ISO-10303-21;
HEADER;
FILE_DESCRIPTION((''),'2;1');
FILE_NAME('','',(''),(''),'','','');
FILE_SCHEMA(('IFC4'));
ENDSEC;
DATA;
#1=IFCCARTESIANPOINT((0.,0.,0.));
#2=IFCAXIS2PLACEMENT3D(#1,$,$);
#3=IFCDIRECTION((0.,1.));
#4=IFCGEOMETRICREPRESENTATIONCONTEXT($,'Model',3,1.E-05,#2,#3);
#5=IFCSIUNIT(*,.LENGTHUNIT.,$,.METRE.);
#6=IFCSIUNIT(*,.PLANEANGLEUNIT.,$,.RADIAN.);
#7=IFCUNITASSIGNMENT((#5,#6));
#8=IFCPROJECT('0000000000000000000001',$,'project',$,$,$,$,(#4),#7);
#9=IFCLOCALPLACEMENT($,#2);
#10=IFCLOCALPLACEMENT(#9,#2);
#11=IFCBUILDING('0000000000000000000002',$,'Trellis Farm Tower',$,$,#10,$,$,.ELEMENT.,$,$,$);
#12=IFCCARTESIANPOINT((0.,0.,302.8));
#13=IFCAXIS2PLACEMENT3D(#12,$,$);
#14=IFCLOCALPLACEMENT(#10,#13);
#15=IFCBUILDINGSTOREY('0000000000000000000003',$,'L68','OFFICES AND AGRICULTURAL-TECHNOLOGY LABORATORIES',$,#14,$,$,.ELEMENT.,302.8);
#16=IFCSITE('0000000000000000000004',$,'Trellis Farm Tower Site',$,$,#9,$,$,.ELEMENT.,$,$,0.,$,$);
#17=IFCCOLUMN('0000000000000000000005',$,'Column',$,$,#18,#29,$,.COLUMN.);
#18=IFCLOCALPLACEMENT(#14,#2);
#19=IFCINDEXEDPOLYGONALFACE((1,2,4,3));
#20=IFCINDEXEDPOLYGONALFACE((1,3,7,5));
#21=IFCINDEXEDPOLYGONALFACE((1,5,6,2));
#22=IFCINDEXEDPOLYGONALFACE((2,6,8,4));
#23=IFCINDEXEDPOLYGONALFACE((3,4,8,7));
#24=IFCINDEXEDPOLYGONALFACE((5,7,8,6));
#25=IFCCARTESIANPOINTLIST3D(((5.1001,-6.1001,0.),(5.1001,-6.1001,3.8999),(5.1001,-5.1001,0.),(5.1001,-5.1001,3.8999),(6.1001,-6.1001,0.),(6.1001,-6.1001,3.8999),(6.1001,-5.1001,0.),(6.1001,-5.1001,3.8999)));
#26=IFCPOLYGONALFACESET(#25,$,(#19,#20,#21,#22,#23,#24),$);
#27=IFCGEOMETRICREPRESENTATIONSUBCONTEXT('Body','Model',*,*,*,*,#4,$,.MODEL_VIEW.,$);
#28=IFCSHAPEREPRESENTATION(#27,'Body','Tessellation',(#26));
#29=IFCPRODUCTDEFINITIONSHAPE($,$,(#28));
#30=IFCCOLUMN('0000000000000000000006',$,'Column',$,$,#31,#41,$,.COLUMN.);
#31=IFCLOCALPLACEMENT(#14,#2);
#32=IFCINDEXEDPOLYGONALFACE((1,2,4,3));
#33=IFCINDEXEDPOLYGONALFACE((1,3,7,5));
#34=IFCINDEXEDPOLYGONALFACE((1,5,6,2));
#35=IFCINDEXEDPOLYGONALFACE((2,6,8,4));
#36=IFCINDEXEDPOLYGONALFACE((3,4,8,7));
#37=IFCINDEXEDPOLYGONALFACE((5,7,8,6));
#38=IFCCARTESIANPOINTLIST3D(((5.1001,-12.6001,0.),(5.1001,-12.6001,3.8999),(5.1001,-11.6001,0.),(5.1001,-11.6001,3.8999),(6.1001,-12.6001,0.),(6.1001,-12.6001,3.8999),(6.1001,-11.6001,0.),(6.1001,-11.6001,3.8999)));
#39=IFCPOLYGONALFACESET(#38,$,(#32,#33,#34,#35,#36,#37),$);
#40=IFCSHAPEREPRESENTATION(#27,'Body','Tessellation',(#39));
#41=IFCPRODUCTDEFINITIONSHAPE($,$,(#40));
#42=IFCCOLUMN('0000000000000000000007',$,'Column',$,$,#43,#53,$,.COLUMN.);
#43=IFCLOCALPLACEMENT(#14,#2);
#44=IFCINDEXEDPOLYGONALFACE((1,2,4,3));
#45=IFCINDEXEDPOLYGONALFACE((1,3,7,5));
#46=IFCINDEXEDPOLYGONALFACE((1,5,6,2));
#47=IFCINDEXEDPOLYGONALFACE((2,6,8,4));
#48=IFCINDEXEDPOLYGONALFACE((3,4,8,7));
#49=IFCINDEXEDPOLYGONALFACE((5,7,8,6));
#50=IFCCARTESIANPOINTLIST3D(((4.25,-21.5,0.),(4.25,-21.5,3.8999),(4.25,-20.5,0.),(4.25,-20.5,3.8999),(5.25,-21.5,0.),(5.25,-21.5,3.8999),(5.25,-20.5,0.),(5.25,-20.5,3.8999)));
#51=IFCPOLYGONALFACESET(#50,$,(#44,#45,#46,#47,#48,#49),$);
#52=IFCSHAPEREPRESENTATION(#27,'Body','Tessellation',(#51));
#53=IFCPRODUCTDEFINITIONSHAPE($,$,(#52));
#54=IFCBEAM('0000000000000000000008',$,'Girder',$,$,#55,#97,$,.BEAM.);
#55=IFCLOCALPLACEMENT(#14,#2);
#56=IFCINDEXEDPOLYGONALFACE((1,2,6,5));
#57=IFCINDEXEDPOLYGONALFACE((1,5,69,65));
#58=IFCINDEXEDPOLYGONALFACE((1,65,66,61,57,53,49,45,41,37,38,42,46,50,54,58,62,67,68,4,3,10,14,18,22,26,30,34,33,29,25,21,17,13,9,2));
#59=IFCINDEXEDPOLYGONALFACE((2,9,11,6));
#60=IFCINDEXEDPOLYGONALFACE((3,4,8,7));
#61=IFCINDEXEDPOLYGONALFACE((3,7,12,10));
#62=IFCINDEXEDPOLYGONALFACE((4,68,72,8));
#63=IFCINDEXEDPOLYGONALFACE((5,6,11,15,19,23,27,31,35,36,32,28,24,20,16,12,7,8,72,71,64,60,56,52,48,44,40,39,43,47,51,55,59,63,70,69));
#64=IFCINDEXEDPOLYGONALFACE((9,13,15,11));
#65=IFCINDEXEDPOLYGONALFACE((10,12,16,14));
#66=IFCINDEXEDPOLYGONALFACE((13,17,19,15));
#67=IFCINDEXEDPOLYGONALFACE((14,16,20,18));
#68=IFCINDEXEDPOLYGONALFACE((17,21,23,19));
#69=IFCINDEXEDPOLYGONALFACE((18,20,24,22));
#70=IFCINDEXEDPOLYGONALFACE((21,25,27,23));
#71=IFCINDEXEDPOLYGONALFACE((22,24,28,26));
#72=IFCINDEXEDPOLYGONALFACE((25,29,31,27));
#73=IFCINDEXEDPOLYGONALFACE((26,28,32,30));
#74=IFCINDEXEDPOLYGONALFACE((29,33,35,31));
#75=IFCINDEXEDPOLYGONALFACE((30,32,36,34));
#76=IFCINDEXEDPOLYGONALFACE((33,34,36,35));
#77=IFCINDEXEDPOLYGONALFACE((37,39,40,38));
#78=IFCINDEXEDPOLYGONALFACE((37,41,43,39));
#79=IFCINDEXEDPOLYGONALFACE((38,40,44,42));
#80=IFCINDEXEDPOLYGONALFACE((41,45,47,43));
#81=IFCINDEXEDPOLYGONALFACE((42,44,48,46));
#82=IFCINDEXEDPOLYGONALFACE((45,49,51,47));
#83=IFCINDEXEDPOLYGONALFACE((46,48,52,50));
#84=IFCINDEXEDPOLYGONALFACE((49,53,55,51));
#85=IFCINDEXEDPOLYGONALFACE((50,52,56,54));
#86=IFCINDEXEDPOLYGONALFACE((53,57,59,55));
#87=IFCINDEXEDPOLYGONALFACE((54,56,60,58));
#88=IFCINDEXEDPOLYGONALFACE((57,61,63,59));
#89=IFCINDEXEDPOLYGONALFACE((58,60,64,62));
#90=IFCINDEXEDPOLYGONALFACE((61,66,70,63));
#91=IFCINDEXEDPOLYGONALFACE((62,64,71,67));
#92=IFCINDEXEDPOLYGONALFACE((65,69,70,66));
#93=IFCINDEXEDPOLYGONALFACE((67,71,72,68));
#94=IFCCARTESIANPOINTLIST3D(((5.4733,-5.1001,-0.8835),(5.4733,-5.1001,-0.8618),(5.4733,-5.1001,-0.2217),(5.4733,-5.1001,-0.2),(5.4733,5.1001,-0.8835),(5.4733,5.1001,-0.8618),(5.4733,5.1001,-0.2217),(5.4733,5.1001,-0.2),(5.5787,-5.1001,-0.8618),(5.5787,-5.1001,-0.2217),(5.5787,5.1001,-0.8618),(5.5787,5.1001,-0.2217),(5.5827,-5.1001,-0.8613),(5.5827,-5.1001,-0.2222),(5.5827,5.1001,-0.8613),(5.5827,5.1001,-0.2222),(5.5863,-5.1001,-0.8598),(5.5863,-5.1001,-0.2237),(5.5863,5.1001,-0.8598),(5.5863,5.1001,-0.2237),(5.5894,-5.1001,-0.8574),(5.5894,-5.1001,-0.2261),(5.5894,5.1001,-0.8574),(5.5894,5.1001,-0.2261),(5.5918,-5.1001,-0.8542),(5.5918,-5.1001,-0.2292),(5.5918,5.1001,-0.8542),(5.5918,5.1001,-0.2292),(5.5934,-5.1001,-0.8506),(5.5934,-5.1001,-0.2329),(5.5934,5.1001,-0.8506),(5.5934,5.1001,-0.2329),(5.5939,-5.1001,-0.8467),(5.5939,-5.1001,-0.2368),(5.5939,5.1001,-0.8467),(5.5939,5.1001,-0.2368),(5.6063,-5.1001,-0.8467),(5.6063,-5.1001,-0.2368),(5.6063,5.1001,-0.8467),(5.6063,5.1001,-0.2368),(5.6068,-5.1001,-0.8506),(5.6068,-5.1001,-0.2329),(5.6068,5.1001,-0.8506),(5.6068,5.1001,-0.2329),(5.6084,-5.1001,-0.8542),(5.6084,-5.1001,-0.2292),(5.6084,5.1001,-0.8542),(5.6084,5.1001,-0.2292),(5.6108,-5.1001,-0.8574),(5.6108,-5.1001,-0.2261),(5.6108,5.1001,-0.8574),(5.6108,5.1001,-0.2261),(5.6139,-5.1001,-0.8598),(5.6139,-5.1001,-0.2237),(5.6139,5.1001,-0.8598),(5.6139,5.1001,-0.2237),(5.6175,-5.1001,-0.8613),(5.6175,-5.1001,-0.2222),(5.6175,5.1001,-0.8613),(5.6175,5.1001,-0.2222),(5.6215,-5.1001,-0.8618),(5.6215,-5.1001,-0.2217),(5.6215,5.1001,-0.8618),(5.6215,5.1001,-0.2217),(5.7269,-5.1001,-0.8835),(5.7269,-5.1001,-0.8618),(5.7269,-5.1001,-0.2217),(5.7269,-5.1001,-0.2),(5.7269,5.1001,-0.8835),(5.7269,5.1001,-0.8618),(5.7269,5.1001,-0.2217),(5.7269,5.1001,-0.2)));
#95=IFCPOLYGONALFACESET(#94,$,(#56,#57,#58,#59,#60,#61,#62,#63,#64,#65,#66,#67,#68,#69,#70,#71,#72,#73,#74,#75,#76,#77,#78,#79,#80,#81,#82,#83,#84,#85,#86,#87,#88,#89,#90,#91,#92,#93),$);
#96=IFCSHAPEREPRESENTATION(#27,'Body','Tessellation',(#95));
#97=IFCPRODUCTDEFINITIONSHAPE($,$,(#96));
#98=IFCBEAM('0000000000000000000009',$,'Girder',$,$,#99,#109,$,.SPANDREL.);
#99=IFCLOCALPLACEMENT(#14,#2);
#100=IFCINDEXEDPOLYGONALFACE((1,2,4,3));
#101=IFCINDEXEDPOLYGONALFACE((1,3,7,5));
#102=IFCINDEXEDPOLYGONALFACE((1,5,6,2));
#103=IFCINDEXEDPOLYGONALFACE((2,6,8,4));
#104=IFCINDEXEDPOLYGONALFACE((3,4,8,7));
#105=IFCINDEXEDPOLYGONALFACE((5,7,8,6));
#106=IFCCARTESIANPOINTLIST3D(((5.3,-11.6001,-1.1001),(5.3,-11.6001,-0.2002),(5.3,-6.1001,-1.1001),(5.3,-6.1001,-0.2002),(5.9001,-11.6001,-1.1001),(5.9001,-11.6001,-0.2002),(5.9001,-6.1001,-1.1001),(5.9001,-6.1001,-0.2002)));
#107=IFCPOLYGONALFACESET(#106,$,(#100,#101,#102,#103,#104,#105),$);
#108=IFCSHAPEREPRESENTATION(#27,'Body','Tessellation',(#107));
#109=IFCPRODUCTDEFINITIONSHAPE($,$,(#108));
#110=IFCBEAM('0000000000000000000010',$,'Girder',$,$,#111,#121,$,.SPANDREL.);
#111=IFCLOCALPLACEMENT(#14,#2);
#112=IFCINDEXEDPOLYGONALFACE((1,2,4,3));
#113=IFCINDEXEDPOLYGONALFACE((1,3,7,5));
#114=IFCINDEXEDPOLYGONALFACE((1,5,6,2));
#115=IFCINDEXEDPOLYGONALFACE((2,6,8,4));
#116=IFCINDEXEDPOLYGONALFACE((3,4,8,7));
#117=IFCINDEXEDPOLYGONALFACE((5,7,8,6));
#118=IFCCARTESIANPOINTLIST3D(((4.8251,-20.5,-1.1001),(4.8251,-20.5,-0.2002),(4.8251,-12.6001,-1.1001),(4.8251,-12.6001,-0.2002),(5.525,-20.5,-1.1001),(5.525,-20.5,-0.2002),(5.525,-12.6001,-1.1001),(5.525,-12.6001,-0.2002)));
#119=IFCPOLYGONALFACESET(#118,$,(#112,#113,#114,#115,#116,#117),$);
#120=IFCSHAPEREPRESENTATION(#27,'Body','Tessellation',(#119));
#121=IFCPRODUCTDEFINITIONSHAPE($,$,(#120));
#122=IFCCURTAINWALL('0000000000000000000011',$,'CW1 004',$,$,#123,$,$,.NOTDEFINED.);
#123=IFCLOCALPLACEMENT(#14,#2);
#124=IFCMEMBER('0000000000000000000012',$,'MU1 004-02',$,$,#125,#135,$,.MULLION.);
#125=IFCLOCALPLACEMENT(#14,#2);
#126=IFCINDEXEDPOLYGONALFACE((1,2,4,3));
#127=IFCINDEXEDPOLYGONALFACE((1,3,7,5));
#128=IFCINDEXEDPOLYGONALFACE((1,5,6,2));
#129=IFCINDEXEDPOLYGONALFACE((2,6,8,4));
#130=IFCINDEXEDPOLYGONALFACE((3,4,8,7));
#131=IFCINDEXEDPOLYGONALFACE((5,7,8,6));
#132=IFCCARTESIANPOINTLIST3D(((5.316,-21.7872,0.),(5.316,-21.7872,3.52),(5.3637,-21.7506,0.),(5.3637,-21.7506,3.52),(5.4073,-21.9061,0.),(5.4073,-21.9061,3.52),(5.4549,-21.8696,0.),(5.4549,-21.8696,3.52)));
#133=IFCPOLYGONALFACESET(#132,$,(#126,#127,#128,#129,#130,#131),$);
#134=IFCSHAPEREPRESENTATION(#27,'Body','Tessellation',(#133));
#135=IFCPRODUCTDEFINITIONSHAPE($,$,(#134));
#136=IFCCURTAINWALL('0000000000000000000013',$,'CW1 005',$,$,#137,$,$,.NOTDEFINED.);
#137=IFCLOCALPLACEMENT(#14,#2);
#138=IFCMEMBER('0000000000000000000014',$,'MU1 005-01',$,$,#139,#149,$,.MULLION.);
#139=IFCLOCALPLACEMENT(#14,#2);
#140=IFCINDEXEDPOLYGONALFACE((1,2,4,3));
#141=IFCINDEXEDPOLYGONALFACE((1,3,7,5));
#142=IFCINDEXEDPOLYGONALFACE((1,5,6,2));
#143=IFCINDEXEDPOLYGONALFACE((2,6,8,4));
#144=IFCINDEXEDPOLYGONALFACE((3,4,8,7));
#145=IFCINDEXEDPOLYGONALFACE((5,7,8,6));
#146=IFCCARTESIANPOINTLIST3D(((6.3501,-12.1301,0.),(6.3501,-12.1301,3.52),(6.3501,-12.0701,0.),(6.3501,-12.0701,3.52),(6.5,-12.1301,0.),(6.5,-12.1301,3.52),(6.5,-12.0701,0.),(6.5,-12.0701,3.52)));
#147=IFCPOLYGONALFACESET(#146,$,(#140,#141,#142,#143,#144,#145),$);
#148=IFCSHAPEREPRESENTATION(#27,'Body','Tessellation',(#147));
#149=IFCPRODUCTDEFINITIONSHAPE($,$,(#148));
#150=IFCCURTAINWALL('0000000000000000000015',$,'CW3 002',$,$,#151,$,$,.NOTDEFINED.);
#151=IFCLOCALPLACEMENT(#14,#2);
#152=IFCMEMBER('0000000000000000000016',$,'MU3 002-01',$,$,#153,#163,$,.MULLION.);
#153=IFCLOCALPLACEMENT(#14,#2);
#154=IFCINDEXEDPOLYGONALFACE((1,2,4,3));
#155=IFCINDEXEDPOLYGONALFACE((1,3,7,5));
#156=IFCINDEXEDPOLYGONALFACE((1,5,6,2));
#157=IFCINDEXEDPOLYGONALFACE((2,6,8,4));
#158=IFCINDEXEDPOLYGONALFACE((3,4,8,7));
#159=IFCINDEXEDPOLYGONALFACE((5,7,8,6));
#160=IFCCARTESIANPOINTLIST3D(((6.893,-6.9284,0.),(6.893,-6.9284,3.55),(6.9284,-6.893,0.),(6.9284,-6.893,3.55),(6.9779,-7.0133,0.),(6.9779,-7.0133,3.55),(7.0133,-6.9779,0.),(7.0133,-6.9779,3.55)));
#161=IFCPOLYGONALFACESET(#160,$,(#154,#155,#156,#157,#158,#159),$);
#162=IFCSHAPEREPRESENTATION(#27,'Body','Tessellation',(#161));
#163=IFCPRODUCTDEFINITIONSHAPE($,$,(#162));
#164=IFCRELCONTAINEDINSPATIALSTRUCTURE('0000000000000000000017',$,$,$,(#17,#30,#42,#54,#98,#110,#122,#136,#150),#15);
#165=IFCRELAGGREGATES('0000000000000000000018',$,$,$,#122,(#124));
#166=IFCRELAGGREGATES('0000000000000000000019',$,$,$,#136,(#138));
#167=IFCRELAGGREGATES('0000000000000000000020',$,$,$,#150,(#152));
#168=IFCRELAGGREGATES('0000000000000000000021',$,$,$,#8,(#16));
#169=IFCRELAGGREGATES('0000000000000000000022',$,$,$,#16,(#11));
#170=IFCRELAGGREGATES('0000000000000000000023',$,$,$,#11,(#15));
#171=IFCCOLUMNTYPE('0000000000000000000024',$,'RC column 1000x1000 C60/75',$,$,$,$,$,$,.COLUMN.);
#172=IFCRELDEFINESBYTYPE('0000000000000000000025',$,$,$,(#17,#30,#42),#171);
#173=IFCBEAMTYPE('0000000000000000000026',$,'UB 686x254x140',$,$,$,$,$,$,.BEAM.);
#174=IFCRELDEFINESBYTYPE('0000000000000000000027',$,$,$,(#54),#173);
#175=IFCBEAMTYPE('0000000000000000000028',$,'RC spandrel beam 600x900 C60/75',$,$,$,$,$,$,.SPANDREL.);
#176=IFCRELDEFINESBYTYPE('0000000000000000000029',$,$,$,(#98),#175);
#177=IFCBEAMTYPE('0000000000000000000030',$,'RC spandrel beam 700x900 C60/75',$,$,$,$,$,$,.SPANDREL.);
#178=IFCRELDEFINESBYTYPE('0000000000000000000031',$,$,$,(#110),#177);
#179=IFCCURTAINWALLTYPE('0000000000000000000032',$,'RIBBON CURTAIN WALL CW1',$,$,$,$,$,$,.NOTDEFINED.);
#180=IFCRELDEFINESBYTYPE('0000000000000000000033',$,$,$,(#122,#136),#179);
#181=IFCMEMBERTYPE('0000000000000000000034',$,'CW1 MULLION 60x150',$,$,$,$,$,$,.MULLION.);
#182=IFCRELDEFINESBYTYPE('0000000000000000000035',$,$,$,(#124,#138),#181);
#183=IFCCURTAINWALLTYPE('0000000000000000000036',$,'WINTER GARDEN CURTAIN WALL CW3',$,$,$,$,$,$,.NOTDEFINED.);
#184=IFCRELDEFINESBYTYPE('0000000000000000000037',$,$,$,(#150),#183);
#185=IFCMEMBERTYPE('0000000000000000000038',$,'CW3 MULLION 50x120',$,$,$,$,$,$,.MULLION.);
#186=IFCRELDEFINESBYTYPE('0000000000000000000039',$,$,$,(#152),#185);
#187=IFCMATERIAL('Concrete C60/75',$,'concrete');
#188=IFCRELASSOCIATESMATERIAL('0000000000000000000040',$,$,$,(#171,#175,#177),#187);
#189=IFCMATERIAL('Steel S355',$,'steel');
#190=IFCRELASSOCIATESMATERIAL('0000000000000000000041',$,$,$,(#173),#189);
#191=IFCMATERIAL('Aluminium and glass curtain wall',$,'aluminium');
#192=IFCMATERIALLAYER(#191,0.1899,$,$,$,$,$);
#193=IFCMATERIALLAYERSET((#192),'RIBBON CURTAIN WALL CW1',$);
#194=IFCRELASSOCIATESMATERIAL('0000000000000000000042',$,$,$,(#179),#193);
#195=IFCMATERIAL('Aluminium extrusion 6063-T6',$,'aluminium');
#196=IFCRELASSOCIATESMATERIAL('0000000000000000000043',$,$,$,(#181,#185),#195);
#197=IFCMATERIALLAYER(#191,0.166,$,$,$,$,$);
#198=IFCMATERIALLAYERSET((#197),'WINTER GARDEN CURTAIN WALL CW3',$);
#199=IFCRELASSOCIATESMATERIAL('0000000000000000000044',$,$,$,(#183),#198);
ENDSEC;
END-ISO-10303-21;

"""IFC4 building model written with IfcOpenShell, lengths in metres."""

from ifc_helpers import new_model, si_unit, direction, frame, origin, origin_2d, place, context, subcontext, project, spatial, rectangle, i_section, extrude, source, transform, mapped, material, layer, layer_set, material_profile, profile_set, type_object, element, aggregate, save


model = new_model("IFC4")

# Units and contexts
model_context = context("Model", 3, precision=1e-05, world=origin(), true_north=direction((0.0, 1.0)))
body_context = subcontext(model_context, "Body", "Model", "MODEL_VIEW")
ifc_project = project(units=[si_unit("LENGTHUNIT", "METRE"), si_unit("PLANEANGLEUNIT", "RADIAN")], contexts=[model_context])

# Site, building, storey
site_placement = place(None, origin())
site = spatial("IfcSite", under=ifc_project, at=site_placement, Name="Trellis Farm Tower Site", CompositionType="ELEMENT", RefElevation=0.0)
building_placement = place(site_placement, origin())
building = spatial("IfcBuilding", under=site, at=building_placement, Name="Trellis Farm Tower", CompositionType="ELEMENT")
storey_placement = place(building_placement, frame((0.0, 0.0, 302.8)))
storey = spatial("IfcBuildingStorey", under=building, at=storey_placement, Name="L68", Description="OFFICES AND AGRICULTURAL-TECHNOLOGY LABORATORIES", CompositionType="ELEMENT", Elevation=302.8)

# Columns
ifc_material_1 = material(Name="Concrete C60/75", Category="concrete")
ifc_material_profile_1 = material_profile(ifc_material_1, rectangle(XDim=1.0, YDim=1.0, at=origin_2d()), Name="RC column 1000x1000 C60/75")
ifc_profile_set_1 = profile_set([ifc_material_profile_1], Name="Concrete C60/75")
column_type = type_object("IfcColumnType", Name="RC column 1000x1000 C60/75", PredefinedType="COLUMN", material=ifc_profile_set_1)
shared_shape_1 = source(origin(), body_context, "Body", "SweptSolid", [
    extrude(rectangle(XDim=1.0, YDim=1.0, at=origin_2d()), origin(), (0.0, 0.0, 1.0), 3.8999),
])
for number, where, z_axis, x_axis, name in (
    (1, (5.6001, -5.6001, 0.0), (0.0, 0.0, 1.0), (1.0, 0.0, 0.0), "Column"),
    (2, (5.6001, -12.1001, 0.0), (0.0, 0.0, 1.0), (1.0, 0.0, 0.0), "Column"),
    (3, (4.75, -21.0, 0.0), (0.0, 0.0, 1.0), (1.0, 0.0, 0.0), "Column"),
):
    element("IfcColumn", number, at=place(storey_placement, frame(where, z_axis=z_axis, x_axis=x_axis)), inside=storey, type_object=column_type, Name=name, PredefinedType="COLUMN", context=body_context, shape_type="MappedRepresentation", body=[
        mapped(shared_shape_1, transform((0.0, 0.0, 0.0))),
    ])

# Beams
ifc_material_2 = material(Name="Steel S355", Category="steel")
ifc_material_profile_2 = material_profile(ifc_material_2, i_section(OverallWidth=0.2537, OverallDepth=0.6836, WebThickness=0.0125, FlangeThickness=0.0217, FilletRadius=0.0151, at=origin_2d()), Name="UB 686x254x140")
ifc_profile_set_2 = profile_set([ifc_material_profile_2], Name="Steel S355")
beam_type_1 = type_object("IfcBeamType", Name="UB 686x254x140", PredefinedType="BEAM", material=ifc_profile_set_2)
shared_shape_2 = source(origin(), body_context, "Body", "SweptSolid", [
    extrude(i_section(OverallWidth=0.2537, OverallDepth=0.6836, WebThickness=0.0125, FlangeThickness=0.0217, FilletRadius=0.0151, at=origin_2d()), origin(), (0.0, 0.0, 1.0), 10.2002),
])
beam_1_placement = place(storey_placement, frame((5.6001, -5.1001, -0.5417), z_axis=(0.0, 1.0, 0.0), x_axis=(-1.0, 0.0, 0.0)))
element("IfcBeam", 4, at=beam_1_placement, inside=storey, type_object=beam_type_1, Name="Girder", PredefinedType="BEAM", context=body_context, shape_type="MappedRepresentation", body=[
    mapped(shared_shape_2, transform((0.0, 0.0, 0.0))),
])
ifc_material_profile_3 = material_profile(ifc_material_1, rectangle(XDim=0.6001, YDim=0.8999, at=origin_2d()), Name="RC spandrel beam 600x900 C60/75")
ifc_profile_set_3 = profile_set([ifc_material_profile_3], Name="Concrete C60/75")
beam_type_2 = type_object("IfcBeamType", Name="RC spandrel beam 600x900 C60/75", PredefinedType="SPANDREL", material=ifc_profile_set_3)
shared_shape_3 = source(origin(), body_context, "Body", "SweptSolid", [
    extrude(rectangle(XDim=0.6001, YDim=0.8999, at=origin_2d()), origin(), (0.0, 0.0, 1.0), 5.5),
])
beam_2_placement = place(storey_placement, frame((5.6001, -11.6001, -0.6501), z_axis=(0.0, 1.0, 0.0), x_axis=(-1.0, 0.0, 0.0)))
element("IfcBeam", 5, at=beam_2_placement, inside=storey, type_object=beam_type_2, Name="Girder", PredefinedType="SPANDREL", context=body_context, shape_type="MappedRepresentation", body=[
    mapped(shared_shape_3, transform((0.0, 0.0, 0.0))),
])
ifc_material_profile_4 = material_profile(ifc_material_1, rectangle(XDim=0.7, YDim=0.8999, at=origin_2d()), Name="RC spandrel beam 700x900 C60/75")
ifc_profile_set_4 = profile_set([ifc_material_profile_4], Name="Concrete C60/75")
beam_type_3 = type_object("IfcBeamType", Name="RC spandrel beam 700x900 C60/75", PredefinedType="SPANDREL", material=ifc_profile_set_4)
shared_shape_4 = source(origin(), body_context, "Body", "SweptSolid", [
    extrude(rectangle(XDim=0.7, YDim=0.8999, at=origin_2d()), origin(), (0.0, 0.0, 1.0), 7.8999),
])
beam_3_placement = place(storey_placement, frame((5.175, -20.5, -0.6501), z_axis=(0.0, 1.0, 0.0), x_axis=(-1.0, 0.0, 0.0)))
element("IfcBeam", 6, at=beam_3_placement, inside=storey, type_object=beam_type_3, Name="Girder", PredefinedType="SPANDREL", context=body_context, shape_type="MappedRepresentation", body=[
    mapped(shared_shape_4, transform((0.0, 0.0, 0.0))),
])

# Curtain walls, members
ifc_material_3 = material(Name="Aluminium and glass curtain wall", Category="aluminium")
ifc_layer_1 = layer(ifc_material_3, 0.1899)
ifc_layer_set_1 = layer_set([ifc_layer_1], Name="RIBBON CURTAIN WALL CW1")
curtain_wall_type_1 = type_object("IfcCurtainWallType", Name="RIBBON CURTAIN WALL CW1", PredefinedType="NOTDEFINED", material=ifc_layer_set_1)
placement = place(storey_placement, origin())
curtain_wall_1 = element("IfcCurtainWall", 7, at=placement, inside=storey, type_object=curtain_wall_type_1, Name="CW1 004", PredefinedType="NOTDEFINED")
ifc_material_4 = material(Name="Aluminium extrusion 6063-T6", Category="aluminium")
ifc_material_profile_5 = material_profile(ifc_material_4, rectangle(XDim=0.0601, YDim=0.1499, at=origin_2d()), Name="MULLION 60x150")
ifc_profile_set_5 = profile_set([ifc_material_profile_5], Name="Aluminium extrusion 6063-T6")
member_type_1 = type_object("IfcMemberType", Name="CW1 MULLION 60x150", PredefinedType="MULLION", material=ifc_profile_set_5)
shared_shape_5 = source(origin(), body_context, "Body", "SweptSolid", [
    extrude(rectangle(XDim=0.0601, YDim=0.1499, at=origin_2d()), origin(), (0.0, 0.0, 1.0), 3.52),
])
member_1_placement = place(storey_placement, frame((5.3855, -21.8284, 0.0), z_axis=(0.0, 0.0, 1.0), x_axis=(0.793353, 0.608761, 0.0)))
member_1 = element("IfcMember", 8, at=member_1_placement, type_object=member_type_1, Name="MU1 004-02", PredefinedType="MULLION", context=body_context, shape_type="MappedRepresentation", body=[
    mapped(shared_shape_5, transform((0.0, 0.0, 0.0))),
])
aggregate(curtain_wall_1, [member_1])
curtain_wall_2 = element("IfcCurtainWall", 9, at=placement, inside=storey, type_object=curtain_wall_type_1, Name="CW1 005", PredefinedType="NOTDEFINED")
member_2_placement = place(storey_placement, frame((6.425, -12.1001, 0.0), z_axis=(0.0, 0.0, 1.0), x_axis=(0.0, 1.0, 0.0)))
member_2 = element("IfcMember", 10, at=member_2_placement, type_object=member_type_1, Name="MU1 005-01", PredefinedType="MULLION", context=body_context, shape_type="MappedRepresentation", body=[
    mapped(shared_shape_5, transform((0.0, 0.0, 0.0))),
])
aggregate(curtain_wall_2, [member_2])
ifc_layer_2 = layer(ifc_material_3, 0.166)
ifc_layer_set_2 = layer_set([ifc_layer_2], Name="WINTER GARDEN CURTAIN WALL CW3")
curtain_wall_type_2 = type_object("IfcCurtainWallType", Name="WINTER GARDEN CURTAIN WALL CW3", PredefinedType="NOTDEFINED", material=ifc_layer_set_2)
curtain_wall_3 = element("IfcCurtainWall", 11, at=placement, inside=storey, type_object=curtain_wall_type_2, Name="CW3 002", PredefinedType="NOTDEFINED")
ifc_material_profile_6 = material_profile(ifc_material_4, rectangle(XDim=0.05, YDim=0.1201, at=origin_2d()), Name="MULLION 50x120")
ifc_profile_set_6 = profile_set([ifc_material_profile_6], Name="Aluminium extrusion 6063-T6")
member_type_2 = type_object("IfcMemberType", Name="CW3 MULLION 50x120", PredefinedType="MULLION", material=ifc_profile_set_6)
shared_shape_6 = source(origin(), body_context, "Body", "SweptSolid", [
    extrude(rectangle(XDim=0.05, YDim=0.1201, at=origin_2d()), origin(), (0.0, 0.0, 1.0), 3.55),
])
member_3_placement = place(storey_placement, frame((6.9531, -6.9531, 0.0), z_axis=(0.0, 0.0, 1.0), x_axis=(0.707107, 0.707107, 0.0)))
member_3 = element("IfcMember", 12, at=member_3_placement, type_object=member_type_2, Name="MU3 002-01", PredefinedType="MULLION", context=body_context, shape_type="MappedRepresentation", body=[
    mapped(shared_shape_6, transform((0.0, 0.0, 0.0))),
])
aggregate(curtain_wall_3, [member_3])

save(model, "model.ifc")
